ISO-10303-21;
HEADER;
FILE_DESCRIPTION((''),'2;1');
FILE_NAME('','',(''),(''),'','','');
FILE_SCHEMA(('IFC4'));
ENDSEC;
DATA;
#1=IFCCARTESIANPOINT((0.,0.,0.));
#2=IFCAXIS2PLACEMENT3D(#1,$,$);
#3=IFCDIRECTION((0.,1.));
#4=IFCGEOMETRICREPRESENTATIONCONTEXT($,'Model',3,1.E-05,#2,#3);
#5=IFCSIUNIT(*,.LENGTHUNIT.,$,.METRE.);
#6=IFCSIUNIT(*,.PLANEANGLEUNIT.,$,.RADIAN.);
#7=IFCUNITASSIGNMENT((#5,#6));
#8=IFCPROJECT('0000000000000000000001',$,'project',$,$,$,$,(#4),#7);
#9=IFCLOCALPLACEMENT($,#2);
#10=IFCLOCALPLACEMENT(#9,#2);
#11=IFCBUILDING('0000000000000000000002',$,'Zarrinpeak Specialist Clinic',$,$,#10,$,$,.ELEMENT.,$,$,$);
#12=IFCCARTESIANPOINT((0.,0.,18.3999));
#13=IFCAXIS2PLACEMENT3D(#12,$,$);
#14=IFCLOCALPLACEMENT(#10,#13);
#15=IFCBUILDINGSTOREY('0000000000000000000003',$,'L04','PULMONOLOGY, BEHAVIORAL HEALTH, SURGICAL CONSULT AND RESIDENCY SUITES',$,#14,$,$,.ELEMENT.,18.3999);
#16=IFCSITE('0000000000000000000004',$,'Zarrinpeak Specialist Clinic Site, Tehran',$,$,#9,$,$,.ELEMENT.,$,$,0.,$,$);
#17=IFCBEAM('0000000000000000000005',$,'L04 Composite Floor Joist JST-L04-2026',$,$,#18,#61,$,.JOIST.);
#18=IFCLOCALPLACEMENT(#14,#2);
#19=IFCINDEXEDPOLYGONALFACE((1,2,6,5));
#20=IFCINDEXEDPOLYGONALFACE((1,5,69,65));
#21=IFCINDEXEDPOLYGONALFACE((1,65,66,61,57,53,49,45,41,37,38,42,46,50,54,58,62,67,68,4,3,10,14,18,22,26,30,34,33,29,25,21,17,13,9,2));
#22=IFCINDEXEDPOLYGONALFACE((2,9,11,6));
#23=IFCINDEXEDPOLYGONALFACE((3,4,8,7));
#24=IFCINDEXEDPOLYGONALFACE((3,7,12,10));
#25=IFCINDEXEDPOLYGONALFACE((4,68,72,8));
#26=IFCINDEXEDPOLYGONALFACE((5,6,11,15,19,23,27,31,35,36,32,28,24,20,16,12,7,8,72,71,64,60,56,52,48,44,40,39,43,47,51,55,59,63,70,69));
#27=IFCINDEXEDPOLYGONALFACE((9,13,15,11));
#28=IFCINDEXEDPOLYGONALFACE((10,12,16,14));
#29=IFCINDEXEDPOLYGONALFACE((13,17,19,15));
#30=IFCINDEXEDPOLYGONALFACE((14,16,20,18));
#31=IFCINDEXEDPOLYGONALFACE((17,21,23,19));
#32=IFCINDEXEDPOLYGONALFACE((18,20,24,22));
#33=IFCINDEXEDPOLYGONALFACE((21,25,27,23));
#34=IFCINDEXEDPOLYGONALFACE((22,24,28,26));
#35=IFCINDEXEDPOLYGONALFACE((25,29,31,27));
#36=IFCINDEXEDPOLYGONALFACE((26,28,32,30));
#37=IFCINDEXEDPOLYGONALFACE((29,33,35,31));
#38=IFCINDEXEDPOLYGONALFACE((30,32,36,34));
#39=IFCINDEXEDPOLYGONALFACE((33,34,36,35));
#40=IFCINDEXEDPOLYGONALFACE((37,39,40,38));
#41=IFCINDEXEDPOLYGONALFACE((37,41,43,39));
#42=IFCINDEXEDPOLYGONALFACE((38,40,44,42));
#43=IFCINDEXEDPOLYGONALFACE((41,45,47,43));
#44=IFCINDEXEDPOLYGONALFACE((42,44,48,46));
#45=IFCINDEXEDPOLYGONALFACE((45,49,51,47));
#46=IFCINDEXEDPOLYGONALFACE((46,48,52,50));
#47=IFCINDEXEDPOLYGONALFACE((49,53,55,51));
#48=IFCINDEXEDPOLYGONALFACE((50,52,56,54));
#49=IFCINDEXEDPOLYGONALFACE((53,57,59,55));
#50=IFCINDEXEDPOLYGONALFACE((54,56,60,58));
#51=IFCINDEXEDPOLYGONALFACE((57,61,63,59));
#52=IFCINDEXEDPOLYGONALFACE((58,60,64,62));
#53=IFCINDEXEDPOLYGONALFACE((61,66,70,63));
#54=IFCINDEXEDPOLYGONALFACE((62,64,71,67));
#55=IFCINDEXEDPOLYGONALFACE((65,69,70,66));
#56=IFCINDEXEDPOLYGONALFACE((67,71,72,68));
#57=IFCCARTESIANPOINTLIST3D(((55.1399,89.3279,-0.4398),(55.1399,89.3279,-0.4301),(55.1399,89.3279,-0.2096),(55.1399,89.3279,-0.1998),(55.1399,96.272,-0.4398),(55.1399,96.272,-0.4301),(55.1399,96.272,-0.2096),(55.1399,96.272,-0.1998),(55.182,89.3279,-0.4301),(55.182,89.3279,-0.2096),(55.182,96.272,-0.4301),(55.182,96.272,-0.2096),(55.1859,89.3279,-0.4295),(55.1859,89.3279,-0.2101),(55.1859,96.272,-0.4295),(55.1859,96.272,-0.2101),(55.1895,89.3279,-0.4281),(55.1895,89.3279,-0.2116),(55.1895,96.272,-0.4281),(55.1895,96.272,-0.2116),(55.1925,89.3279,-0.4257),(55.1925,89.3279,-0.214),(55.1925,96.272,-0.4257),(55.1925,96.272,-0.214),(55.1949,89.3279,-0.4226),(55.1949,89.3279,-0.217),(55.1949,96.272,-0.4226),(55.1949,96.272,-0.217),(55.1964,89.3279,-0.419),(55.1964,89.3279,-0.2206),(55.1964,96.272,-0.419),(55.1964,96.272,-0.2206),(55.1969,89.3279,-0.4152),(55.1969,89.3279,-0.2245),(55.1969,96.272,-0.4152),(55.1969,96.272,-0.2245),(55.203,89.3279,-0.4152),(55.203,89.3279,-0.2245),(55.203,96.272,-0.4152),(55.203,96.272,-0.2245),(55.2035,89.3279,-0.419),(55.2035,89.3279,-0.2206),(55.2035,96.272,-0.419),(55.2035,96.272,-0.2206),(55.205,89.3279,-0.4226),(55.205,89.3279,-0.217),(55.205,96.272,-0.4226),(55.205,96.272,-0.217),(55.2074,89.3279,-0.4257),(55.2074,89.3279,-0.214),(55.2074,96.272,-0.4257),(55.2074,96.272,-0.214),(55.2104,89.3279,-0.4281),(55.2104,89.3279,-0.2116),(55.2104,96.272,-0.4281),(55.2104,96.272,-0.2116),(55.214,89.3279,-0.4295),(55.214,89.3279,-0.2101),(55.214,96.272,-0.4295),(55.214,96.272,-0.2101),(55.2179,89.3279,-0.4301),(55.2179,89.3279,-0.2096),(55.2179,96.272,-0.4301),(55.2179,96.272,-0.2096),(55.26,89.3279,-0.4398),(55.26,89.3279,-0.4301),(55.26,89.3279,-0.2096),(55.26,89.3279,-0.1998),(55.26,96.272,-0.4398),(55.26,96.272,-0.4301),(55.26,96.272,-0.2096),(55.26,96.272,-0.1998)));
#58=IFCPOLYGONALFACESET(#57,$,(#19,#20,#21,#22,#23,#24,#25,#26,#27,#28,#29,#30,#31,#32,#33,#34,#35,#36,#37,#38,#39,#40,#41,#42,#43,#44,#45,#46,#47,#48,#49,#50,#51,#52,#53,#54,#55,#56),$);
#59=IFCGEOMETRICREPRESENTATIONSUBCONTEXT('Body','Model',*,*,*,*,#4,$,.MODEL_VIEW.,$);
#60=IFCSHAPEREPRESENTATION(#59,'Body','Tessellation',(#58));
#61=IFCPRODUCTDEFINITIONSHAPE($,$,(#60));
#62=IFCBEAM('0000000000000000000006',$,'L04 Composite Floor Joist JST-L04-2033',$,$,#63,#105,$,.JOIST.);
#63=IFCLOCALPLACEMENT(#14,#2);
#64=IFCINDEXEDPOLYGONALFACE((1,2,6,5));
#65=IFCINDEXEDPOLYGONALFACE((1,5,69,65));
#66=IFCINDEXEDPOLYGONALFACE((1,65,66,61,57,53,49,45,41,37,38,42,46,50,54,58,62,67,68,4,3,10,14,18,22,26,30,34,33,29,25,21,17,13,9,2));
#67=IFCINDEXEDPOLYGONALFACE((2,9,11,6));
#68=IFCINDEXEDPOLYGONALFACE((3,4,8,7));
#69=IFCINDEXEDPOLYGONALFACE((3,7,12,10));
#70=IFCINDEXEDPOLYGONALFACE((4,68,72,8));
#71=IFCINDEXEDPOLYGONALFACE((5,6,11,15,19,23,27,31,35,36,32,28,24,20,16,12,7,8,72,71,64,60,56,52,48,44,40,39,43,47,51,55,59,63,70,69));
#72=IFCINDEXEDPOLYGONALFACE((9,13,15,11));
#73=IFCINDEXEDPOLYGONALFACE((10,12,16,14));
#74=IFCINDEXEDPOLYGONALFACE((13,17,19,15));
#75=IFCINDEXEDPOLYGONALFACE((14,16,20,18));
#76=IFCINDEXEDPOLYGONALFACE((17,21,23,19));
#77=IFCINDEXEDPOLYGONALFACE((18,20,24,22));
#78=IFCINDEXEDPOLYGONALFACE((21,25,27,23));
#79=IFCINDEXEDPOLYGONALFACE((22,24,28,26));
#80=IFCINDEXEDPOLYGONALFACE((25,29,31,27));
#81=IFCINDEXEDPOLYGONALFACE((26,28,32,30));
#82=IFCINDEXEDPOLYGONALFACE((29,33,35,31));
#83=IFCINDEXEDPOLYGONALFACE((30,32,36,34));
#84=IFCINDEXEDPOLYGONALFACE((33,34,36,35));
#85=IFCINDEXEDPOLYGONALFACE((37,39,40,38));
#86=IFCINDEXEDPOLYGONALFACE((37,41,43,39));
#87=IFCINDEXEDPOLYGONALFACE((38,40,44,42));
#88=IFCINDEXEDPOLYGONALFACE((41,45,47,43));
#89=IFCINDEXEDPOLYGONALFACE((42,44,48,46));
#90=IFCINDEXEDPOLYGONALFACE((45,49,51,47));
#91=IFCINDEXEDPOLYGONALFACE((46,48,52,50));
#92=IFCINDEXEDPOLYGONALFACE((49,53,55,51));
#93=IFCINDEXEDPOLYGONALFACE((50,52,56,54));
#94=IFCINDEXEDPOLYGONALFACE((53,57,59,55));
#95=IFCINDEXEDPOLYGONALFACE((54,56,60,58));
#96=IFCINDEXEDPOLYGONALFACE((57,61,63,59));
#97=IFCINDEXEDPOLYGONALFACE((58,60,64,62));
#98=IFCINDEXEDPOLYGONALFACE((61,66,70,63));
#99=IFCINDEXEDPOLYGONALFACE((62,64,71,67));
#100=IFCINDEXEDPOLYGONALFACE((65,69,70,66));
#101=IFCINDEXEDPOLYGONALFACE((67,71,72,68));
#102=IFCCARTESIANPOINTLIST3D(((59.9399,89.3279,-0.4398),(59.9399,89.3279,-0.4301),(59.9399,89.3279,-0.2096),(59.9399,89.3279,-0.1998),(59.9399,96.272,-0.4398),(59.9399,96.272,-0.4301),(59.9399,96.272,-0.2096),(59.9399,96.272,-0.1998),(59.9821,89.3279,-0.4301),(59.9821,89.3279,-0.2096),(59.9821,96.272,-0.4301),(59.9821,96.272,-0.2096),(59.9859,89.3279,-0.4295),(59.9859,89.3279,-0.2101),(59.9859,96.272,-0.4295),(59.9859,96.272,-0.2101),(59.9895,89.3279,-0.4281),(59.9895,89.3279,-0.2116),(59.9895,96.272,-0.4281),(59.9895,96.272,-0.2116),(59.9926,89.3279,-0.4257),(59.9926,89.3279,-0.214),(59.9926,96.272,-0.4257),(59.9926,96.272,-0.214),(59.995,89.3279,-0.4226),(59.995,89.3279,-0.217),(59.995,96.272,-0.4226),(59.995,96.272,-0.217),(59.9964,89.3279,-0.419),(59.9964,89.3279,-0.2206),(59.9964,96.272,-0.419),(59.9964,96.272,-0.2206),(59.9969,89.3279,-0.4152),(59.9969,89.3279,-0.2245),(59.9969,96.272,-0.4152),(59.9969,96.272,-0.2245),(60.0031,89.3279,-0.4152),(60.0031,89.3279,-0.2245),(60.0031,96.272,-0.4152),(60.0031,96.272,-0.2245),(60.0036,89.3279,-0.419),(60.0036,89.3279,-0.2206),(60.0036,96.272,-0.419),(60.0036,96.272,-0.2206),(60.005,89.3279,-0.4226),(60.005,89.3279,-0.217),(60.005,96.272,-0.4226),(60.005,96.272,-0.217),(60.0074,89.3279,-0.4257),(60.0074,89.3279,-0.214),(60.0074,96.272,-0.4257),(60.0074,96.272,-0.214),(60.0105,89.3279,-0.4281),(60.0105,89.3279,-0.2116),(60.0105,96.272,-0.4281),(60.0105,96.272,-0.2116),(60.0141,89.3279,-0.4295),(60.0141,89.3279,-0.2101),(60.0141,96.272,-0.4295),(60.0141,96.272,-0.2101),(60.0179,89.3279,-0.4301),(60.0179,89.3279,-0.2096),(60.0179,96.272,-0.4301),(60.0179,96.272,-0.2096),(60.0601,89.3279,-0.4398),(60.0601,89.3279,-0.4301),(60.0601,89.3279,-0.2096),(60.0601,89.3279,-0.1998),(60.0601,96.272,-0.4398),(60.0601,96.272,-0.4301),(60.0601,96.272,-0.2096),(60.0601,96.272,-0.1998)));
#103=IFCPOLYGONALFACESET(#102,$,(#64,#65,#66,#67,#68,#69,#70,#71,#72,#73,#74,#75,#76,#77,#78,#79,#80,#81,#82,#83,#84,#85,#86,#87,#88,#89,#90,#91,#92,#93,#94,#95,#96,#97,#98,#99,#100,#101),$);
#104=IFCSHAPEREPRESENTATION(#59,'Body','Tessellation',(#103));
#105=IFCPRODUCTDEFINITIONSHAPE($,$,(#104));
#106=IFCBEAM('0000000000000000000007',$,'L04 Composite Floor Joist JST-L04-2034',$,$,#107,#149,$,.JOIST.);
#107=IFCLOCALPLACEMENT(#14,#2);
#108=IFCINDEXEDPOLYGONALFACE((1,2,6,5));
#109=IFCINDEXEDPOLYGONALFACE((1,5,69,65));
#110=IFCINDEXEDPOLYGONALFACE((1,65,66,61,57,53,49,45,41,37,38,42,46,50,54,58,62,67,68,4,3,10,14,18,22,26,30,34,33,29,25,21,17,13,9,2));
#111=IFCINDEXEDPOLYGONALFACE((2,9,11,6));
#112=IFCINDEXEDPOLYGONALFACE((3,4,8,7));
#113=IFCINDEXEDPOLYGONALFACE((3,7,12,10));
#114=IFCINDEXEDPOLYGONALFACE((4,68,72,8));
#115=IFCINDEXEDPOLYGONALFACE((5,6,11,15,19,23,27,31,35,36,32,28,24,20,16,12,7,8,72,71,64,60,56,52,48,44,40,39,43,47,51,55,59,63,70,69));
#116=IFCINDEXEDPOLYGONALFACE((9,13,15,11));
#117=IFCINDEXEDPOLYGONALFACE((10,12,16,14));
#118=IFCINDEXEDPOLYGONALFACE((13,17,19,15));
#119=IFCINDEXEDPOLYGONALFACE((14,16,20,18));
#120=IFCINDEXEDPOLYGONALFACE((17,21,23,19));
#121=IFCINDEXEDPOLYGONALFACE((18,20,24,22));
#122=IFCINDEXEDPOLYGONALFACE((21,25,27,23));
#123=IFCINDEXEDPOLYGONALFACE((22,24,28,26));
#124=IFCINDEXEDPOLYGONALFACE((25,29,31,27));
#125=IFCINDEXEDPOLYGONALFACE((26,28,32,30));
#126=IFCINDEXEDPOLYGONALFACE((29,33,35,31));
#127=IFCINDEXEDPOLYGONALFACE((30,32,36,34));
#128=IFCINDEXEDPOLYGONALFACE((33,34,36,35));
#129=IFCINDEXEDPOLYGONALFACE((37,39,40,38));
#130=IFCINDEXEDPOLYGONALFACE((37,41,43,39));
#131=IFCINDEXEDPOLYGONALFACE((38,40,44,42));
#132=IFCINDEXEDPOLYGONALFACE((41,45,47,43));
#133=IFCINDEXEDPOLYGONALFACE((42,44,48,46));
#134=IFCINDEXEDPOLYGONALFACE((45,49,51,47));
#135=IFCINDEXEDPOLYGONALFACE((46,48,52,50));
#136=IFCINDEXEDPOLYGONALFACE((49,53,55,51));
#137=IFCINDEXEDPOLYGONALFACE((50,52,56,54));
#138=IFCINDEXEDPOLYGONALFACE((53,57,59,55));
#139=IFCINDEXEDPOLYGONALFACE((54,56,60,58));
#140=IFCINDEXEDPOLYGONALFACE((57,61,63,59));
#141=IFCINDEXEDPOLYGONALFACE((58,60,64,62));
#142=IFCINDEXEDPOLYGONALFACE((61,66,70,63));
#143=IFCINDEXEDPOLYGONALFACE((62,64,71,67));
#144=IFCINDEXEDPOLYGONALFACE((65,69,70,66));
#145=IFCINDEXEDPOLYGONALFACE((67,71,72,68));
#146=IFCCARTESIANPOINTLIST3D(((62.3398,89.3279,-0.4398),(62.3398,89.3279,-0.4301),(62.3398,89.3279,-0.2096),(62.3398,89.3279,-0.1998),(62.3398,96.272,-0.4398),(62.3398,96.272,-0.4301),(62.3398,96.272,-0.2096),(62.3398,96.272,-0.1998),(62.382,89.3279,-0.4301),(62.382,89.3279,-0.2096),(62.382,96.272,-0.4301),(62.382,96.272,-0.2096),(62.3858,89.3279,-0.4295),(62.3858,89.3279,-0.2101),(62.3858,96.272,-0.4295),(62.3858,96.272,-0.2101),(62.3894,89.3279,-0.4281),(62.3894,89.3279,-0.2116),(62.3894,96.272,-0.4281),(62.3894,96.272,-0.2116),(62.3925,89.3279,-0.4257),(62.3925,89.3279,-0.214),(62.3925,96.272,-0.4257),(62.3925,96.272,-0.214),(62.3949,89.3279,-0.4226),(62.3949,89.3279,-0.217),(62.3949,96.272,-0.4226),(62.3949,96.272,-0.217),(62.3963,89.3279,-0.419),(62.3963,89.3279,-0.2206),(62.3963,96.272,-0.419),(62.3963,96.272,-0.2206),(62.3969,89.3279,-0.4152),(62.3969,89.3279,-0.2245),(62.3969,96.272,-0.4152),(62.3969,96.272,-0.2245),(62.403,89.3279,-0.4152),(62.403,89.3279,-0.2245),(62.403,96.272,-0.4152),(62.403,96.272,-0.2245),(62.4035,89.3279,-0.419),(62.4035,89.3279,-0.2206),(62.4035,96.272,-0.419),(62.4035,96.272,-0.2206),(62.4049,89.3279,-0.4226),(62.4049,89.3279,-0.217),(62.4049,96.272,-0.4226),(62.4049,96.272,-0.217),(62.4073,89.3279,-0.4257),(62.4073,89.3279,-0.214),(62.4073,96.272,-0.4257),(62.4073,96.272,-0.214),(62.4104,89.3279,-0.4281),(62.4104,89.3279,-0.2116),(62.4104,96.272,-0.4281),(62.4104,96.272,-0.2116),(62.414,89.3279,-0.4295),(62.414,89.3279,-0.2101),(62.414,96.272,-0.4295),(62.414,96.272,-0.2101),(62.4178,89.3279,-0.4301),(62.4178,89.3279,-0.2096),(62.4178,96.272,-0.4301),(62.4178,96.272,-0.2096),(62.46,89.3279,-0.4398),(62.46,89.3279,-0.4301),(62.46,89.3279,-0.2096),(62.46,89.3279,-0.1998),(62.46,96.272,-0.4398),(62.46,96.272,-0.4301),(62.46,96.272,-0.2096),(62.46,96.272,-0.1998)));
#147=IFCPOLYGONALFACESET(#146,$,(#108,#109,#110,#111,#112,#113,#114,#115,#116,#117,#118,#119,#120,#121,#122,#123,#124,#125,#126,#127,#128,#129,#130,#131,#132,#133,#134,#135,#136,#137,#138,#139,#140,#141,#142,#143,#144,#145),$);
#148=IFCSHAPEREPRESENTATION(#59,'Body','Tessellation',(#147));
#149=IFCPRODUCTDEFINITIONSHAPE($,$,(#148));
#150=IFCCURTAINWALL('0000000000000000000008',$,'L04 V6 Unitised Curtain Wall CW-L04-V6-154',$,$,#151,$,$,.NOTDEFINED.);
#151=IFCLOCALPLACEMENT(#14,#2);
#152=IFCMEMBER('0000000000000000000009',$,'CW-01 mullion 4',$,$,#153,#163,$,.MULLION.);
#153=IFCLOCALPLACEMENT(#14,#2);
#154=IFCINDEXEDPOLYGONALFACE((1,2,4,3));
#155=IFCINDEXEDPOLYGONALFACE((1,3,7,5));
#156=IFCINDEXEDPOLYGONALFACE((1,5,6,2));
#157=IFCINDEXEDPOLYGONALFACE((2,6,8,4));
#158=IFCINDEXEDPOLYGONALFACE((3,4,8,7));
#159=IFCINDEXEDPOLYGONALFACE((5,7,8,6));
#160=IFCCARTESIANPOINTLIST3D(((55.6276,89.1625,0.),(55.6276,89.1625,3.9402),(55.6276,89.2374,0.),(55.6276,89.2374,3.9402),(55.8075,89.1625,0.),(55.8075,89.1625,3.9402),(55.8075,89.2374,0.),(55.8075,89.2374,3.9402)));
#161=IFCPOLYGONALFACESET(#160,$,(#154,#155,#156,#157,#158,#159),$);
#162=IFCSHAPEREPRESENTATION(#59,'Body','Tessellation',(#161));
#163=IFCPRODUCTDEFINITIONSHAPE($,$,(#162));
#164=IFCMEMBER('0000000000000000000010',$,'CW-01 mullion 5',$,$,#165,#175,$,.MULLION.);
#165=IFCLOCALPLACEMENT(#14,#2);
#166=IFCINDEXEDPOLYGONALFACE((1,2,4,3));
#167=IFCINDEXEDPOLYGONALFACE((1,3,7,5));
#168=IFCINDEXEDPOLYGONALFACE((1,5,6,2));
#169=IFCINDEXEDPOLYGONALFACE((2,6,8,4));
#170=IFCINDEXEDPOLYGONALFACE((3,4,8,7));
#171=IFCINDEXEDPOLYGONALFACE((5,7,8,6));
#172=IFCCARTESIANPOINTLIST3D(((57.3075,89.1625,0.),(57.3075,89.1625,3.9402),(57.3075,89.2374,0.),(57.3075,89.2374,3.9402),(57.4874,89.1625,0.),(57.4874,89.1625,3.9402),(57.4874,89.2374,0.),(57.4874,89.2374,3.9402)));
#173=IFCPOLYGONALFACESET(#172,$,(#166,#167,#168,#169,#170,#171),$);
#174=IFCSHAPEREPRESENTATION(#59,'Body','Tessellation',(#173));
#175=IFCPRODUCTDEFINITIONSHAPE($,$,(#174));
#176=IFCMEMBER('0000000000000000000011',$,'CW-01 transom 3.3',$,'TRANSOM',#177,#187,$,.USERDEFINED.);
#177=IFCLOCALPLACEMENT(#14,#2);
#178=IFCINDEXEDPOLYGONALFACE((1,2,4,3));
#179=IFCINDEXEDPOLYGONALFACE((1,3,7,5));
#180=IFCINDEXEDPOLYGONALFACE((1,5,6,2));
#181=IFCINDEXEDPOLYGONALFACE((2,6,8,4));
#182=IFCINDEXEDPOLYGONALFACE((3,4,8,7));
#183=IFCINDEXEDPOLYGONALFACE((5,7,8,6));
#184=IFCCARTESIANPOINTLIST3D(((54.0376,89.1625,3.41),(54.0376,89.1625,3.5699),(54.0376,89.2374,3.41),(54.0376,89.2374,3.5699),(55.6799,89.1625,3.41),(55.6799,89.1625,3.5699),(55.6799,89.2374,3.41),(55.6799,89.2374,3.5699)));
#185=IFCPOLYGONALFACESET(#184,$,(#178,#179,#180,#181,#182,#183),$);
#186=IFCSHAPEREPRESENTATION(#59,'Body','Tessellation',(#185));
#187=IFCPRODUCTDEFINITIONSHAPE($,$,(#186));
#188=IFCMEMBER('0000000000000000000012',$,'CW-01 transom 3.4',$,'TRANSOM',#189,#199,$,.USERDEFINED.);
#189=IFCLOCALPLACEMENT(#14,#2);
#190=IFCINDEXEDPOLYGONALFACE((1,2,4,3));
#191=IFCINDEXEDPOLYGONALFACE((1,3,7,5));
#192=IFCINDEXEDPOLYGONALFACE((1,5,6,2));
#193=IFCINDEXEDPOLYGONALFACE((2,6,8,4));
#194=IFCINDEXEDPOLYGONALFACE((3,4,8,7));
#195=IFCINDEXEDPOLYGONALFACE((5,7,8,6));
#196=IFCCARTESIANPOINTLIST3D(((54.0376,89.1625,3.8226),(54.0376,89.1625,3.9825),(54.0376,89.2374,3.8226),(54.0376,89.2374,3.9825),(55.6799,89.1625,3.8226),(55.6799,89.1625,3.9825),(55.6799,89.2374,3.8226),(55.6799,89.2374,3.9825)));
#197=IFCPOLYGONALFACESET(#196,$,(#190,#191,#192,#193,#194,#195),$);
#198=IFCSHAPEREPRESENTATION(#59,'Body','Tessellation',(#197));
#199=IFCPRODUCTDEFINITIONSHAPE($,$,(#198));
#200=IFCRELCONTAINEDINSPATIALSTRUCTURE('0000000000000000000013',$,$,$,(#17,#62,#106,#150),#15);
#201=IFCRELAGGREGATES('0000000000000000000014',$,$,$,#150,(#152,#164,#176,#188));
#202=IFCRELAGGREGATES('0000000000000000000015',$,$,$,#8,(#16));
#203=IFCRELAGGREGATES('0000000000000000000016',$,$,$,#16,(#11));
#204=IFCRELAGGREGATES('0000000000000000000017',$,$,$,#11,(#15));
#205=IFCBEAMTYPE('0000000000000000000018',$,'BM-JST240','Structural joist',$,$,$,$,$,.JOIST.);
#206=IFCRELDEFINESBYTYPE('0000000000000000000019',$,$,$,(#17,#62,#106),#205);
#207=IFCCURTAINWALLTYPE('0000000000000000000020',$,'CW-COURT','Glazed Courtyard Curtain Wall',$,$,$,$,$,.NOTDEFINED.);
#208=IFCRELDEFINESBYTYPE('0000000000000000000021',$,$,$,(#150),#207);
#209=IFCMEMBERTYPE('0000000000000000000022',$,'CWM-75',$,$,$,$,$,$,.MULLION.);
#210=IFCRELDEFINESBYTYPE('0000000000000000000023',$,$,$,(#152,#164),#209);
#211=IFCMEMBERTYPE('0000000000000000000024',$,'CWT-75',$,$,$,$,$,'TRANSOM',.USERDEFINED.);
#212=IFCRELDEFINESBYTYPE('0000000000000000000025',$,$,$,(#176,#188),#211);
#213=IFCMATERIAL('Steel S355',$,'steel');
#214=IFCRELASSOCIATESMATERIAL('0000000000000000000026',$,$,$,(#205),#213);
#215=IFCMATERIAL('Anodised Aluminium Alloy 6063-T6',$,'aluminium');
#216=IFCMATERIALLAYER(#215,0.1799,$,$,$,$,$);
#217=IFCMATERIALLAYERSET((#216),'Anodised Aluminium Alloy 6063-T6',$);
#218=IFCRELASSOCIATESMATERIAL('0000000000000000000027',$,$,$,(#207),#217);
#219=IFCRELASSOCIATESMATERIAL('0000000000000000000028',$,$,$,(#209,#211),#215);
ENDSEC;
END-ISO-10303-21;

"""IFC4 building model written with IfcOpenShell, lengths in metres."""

from ifc_helpers import new_model, si_unit, direction, frame, origin, origin_2d, place, context, subcontext, project, spatial, rectangle, i_section, extrude, material, layer, layer_set, material_profile, profile_set, type_object, element, aggregate, save


model = new_model("IFC4")

# Units and contexts
model_context = context("Model", 3, precision=1e-05, world=origin(), true_north=direction((0.0, 1.0)))
body_context = subcontext(model_context, "Body", "Model", "MODEL_VIEW")
ifc_project = project(units=[si_unit("LENGTHUNIT", "METRE"), si_unit("PLANEANGLEUNIT", "RADIAN")], contexts=[model_context])

# Site, building, storey
site_placement = place(None, origin())
site = spatial("IfcSite", under=ifc_project, at=site_placement, Name="Zarrinpeak Specialist Clinic Site, Tehran", CompositionType="ELEMENT", RefElevation=0.0)
building_placement = place(site_placement, origin())
building = spatial("IfcBuilding", under=site, at=building_placement, Name="Zarrinpeak Specialist Clinic", CompositionType="ELEMENT")
storey_placement = place(building_placement, frame((0.0, 0.0, 18.3999)))
storey = spatial("IfcBuildingStorey", under=building, at=storey_placement, Name="L04", Description="PULMONOLOGY, BEHAVIORAL HEALTH, SURGICAL CONSULT AND RESIDENCY SUITES", CompositionType="ELEMENT", Elevation=18.3999)

# Shared definitions
ifc_material_1 = material(Name="Steel S355", Category="steel")

# Beams
ifc_material_profile_1 = material_profile(ifc_material_1, i_section(OverallWidth=0.1201, OverallDepth=0.24, WebThickness=0.0061, FlangeThickness=0.0098, FilletRadius=0.0149, at=origin_2d()), Name="IPE 240")
ifc_profile_set_1 = profile_set([ifc_material_profile_1], Name="Steel S355")
beam_type_1 = type_object("IfcBeamType", Name="BM-JST240", Description="Structural joist", PredefinedType="JOIST", material=ifc_profile_set_1)
for number, where, z_axis, x_axis, name in (
    (1, (55.2, 89.3279, -0.3198), (0.0, 1.0, 0.0), (-1.0, 0.0, 0.0), "L04 Composite Floor Joist JST-L04-2026"),
    (2, (60.0, 89.3279, -0.3198), (0.0, 1.0, 0.0), (-1.0, 0.0, 0.0), "L04 Composite Floor Joist JST-L04-2033"),
    (3, (62.3999, 89.3279, -0.3198), (0.0, 1.0, 0.0), (-1.0, 0.0, 0.0), "L04 Composite Floor Joist JST-L04-2034"),
):
    element("IfcBeam", number, at=place(storey_placement, frame(where, z_axis=z_axis, x_axis=x_axis)), inside=storey, type_object=beam_type_1, Name=name, PredefinedType="JOIST", context=body_context, shape_type="SweptSolid", body=[
        extrude(i_section(OverallWidth=0.1201, OverallDepth=0.24, WebThickness=0.0061, FlangeThickness=0.0098, FilletRadius=0.0149, at=origin_2d()), origin(), (0.0, 0.0, 1.0), 6.9441),
    ])

# Curtain wall, members
ifc_material_2 = material(Name="Anodised Aluminium Alloy 6063-T6", Category="aluminium")
ifc_layer_1 = layer(ifc_material_2, 0.1799)
ifc_layer_set_1 = layer_set([ifc_layer_1], Name="Anodised Aluminium Alloy 6063-T6")
curtain_wall_type = type_object("IfcCurtainWallType", Name="CW-COURT", Description="Glazed Courtyard Curtain Wall", PredefinedType="NOTDEFINED", material=ifc_layer_set_1)
curtain_wall_placement = place(storey_placement, origin())
curtain_wall = element("IfcCurtainWall", 4, at=curtain_wall_placement, inside=storey, type_object=curtain_wall_type, Name="L04 V6 Unitised Curtain Wall CW-L04-V6-154", PredefinedType="NOTDEFINED")
ifc_material_profile_2 = material_profile(ifc_material_2, rectangle(XDim=0.075, YDim=0.1799, at=origin_2d()), Name="ALU 75x180")
ifc_profile_set_2 = profile_set([ifc_material_profile_2], Name="Anodised Aluminium Alloy 6063-T6")
member_type_1 = type_object("IfcMemberType", Name="CWM-75", PredefinedType="MULLION", material=ifc_profile_set_2)
member_1_placement = place(storey_placement, frame((55.7175, 89.2, 0.0), z_axis=(0.0, 0.0, 1.0), x_axis=(0.0, 1.0, 0.0)))
member_1 = element("IfcMember", 5, at=member_1_placement, type_object=member_type_1, Name="CW-01 mullion 4", PredefinedType="MULLION", context=body_context, shape_type="SweptSolid", body=[
    extrude(rectangle(XDim=0.075, YDim=0.1799, at=origin_2d()), origin(), (0.0, 0.0, 1.0), 3.9402),
])
member_2_placement = place(storey_placement, frame((57.3975, 89.2, 0.0), z_axis=(0.0, 0.0, 1.0), x_axis=(0.0, 1.0, 0.0)))
member_2 = element("IfcMember", 6, at=member_2_placement, type_object=member_type_1, Name="CW-01 mullion 5", PredefinedType="MULLION", context=body_context, shape_type="SweptSolid", body=[
    extrude(rectangle(XDim=0.075, YDim=0.1799, at=origin_2d()), origin(), (0.0, 0.0, 1.0), 3.9402),
])
ifc_material_profile_3 = material_profile(ifc_material_2, rectangle(XDim=0.075, YDim=0.1599, at=origin_2d()), Name="ALU 75x160")
ifc_profile_set_3 = profile_set([ifc_material_profile_3], Name="Anodised Aluminium Alloy 6063-T6")
member_type_2 = type_object("IfcMemberType", Name="CWT-75", ElementType="TRANSOM", PredefinedType="USERDEFINED", material=ifc_profile_set_3)
member_3_placement = place(storey_placement, frame((54.0376, 89.2, 3.49), z_axis=(1.0, 0.0, 0.0), x_axis=(0.0, 1.0, 0.0)))
member_3 = element("IfcMember", 7, at=member_3_placement, type_object=member_type_2, Name="CW-01 transom 3.3", ObjectType="TRANSOM", PredefinedType="USERDEFINED", context=body_context, shape_type="SweptSolid", body=[
    extrude(rectangle(XDim=0.075, YDim=0.1599, at=origin_2d()), origin(), (0.0, 0.0, 1.0), 1.6423),
])
member_4_placement = place(storey_placement, frame((54.0376, 89.2, 3.9026), z_axis=(1.0, 0.0, 0.0), x_axis=(0.0, 1.0, 0.0)))
member_4 = element("IfcMember", 8, at=member_4_placement, type_object=member_type_2, Name="CW-01 transom 3.4", ObjectType="TRANSOM", PredefinedType="USERDEFINED", context=body_context, shape_type="SweptSolid", body=[
    extrude(rectangle(XDim=0.075, YDim=0.1599, at=origin_2d()), origin(), (0.0, 0.0, 1.0), 1.6423),
])
aggregate(curtain_wall, [member_1, member_2, member_3, member_4])

save(model, "model.ifc")
